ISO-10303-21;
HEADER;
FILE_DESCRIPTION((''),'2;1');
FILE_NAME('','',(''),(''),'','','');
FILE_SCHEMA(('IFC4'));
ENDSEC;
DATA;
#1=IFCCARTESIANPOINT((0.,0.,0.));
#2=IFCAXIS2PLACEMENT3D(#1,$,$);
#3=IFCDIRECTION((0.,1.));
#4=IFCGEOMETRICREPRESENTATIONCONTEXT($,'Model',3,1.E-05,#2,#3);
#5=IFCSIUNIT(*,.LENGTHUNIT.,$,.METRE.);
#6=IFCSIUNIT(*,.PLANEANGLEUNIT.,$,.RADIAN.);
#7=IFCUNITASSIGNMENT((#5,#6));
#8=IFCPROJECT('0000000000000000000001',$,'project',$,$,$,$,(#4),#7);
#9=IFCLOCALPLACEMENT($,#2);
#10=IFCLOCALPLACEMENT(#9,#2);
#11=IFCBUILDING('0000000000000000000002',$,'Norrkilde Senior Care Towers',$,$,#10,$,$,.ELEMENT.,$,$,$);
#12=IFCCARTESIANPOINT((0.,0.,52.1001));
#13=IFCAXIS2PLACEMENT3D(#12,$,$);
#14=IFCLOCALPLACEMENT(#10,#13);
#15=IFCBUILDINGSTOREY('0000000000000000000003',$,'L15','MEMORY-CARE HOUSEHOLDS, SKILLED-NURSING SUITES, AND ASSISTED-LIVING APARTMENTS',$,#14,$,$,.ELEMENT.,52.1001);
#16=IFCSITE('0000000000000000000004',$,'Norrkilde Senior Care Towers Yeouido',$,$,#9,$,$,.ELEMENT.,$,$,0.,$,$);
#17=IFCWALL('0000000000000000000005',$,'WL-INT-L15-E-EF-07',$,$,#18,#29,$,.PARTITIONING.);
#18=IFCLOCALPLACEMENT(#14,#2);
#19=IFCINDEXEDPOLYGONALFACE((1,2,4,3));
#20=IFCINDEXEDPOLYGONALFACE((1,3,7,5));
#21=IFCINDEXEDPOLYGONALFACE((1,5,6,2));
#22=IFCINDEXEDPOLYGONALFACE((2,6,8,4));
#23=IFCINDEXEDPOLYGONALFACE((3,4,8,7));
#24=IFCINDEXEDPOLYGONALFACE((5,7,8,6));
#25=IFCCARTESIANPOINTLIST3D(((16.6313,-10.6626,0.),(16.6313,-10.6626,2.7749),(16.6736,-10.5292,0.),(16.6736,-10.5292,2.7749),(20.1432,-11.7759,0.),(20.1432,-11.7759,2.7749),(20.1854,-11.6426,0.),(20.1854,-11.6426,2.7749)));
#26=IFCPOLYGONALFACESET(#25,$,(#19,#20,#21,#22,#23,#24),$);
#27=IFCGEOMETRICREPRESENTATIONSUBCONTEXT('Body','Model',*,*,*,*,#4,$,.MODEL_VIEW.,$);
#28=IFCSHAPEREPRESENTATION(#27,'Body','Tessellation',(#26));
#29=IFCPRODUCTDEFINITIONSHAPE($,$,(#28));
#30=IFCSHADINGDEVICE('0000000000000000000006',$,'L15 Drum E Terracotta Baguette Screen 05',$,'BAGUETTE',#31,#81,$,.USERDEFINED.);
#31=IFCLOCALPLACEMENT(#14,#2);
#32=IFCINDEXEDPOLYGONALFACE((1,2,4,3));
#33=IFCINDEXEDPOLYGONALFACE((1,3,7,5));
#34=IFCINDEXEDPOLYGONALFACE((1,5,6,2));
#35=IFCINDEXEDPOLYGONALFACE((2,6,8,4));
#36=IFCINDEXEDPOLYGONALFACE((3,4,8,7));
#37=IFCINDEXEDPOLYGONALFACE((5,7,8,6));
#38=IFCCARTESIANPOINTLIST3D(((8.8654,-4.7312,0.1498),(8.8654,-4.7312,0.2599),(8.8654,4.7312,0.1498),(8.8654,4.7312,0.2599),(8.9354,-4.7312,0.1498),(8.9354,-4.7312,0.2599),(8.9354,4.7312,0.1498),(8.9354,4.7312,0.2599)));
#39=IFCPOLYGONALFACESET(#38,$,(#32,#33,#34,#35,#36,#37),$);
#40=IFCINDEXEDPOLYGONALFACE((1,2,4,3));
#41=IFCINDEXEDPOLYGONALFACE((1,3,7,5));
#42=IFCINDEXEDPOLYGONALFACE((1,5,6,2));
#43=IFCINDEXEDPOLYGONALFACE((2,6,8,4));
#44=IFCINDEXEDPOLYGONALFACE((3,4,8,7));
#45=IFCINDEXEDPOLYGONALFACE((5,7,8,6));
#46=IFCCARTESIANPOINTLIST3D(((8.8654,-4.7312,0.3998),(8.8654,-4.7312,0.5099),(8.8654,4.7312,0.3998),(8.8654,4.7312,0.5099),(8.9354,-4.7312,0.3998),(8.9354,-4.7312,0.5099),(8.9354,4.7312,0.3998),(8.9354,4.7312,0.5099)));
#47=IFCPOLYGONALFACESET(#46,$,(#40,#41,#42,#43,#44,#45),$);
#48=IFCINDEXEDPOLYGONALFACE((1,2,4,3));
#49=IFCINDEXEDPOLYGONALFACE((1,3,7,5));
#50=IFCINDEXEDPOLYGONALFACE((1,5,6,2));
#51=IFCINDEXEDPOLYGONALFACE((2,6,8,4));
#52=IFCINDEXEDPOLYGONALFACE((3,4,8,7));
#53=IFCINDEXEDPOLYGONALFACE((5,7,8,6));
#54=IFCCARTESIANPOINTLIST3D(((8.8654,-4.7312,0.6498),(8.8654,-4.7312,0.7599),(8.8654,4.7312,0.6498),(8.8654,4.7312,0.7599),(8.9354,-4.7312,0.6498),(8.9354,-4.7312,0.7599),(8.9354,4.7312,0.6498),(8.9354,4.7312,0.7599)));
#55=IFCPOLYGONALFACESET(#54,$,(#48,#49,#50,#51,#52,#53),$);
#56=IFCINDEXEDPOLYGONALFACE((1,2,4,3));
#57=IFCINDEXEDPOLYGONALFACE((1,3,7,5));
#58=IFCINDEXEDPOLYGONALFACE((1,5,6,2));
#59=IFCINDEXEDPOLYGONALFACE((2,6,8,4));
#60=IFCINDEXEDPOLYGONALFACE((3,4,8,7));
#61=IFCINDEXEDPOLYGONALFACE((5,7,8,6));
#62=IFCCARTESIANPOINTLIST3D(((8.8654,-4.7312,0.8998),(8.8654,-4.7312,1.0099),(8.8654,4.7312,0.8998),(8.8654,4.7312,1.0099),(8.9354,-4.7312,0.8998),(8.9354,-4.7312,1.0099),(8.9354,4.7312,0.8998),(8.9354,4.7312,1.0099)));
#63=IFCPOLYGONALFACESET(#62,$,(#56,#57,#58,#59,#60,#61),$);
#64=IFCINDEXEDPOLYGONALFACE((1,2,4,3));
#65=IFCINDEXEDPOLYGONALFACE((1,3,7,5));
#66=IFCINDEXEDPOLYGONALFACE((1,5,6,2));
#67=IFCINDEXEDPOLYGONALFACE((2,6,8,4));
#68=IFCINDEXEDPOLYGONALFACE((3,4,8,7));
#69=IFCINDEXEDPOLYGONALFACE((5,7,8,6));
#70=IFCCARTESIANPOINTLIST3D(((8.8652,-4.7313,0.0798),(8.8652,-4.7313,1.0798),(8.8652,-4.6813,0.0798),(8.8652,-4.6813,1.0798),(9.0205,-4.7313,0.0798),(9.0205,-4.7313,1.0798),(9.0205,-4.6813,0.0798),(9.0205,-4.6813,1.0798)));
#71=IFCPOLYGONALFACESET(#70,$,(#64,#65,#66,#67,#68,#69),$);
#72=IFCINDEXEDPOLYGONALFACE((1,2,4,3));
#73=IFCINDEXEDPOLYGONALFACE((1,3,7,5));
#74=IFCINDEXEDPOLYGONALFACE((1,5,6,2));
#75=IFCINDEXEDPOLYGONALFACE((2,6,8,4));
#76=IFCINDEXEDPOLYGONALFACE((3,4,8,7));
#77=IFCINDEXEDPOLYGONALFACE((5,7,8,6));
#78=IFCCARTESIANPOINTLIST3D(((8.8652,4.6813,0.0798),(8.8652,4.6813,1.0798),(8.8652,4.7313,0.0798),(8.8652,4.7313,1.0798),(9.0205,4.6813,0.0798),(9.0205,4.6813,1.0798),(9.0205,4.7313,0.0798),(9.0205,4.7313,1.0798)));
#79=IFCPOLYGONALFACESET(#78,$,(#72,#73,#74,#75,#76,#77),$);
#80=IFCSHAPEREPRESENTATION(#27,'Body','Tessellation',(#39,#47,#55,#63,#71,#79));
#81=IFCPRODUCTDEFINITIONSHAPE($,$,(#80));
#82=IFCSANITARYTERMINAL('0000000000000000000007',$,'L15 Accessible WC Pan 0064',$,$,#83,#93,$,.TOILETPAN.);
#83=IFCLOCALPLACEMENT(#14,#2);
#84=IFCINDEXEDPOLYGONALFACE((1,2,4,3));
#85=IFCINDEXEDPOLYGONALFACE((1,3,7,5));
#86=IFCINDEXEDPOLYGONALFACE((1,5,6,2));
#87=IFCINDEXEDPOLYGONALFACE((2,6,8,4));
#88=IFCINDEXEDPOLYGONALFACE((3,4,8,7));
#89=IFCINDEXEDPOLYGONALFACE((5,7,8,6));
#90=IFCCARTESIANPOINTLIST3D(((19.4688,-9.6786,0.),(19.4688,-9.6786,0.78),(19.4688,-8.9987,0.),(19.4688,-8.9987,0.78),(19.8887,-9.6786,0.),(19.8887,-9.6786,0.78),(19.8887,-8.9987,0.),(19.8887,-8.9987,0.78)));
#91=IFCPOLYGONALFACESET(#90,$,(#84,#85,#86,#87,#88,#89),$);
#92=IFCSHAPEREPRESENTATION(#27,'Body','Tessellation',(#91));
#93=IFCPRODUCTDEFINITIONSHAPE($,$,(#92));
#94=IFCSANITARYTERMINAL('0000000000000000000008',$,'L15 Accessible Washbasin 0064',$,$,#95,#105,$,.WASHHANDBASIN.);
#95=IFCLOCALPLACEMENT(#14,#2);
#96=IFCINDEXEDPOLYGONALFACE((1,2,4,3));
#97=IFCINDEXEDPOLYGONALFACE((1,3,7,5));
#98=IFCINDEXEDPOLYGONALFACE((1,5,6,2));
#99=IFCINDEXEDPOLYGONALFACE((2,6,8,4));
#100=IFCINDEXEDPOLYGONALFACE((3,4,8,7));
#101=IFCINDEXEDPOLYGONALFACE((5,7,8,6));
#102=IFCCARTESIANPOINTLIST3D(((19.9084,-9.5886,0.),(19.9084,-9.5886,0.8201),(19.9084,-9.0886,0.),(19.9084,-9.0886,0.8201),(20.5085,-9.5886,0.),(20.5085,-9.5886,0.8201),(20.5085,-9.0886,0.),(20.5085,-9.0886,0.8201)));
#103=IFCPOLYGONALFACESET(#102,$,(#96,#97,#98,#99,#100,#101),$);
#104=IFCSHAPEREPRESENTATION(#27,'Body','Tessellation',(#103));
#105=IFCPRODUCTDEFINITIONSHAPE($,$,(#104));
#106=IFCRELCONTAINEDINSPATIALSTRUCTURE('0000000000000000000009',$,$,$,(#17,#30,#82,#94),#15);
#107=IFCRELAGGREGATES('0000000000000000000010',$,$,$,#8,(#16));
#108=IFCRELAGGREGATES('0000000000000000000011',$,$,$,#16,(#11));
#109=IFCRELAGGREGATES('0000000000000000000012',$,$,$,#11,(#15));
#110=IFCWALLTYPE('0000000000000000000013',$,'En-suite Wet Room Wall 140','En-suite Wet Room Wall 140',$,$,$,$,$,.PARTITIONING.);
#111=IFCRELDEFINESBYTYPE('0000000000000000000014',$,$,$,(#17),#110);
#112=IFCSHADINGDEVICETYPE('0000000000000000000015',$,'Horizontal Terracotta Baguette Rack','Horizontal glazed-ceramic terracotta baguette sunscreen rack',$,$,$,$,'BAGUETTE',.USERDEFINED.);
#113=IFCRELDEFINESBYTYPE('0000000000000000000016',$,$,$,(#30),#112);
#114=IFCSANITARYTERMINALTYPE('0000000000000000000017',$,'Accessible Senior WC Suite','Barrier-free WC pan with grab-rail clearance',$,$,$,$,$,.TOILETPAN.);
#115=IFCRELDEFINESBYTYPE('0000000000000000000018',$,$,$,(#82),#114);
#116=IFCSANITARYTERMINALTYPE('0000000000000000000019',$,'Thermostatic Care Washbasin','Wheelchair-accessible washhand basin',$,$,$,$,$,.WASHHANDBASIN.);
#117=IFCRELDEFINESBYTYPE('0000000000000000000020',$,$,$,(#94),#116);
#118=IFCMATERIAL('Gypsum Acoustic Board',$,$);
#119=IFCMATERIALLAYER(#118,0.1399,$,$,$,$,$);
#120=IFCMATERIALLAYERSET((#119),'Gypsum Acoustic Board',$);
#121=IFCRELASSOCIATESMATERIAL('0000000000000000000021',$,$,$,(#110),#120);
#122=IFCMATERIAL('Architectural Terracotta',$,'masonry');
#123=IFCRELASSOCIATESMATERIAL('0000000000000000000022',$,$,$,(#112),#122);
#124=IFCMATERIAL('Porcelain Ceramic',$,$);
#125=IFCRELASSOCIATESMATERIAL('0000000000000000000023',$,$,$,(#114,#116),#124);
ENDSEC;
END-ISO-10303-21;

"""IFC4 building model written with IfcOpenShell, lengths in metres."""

from ifc_helpers import new_model, si_unit, direction, frame, frame_2d, origin, origin_2d, place, context, subcontext, project, spatial, rectangle, extrude, source, transform, mapped, material, layer, layer_set, type_object, type_shapes, element, save


model = new_model("IFC4")

# Units and contexts
model_context = context("Model", 3, precision=1e-05, world=origin(), true_north=direction((0.0, 1.0)))
body_context = subcontext(model_context, "Body", "Model", "MODEL_VIEW")
ifc_project = project(units=[si_unit("LENGTHUNIT", "METRE"), si_unit("PLANEANGLEUNIT", "RADIAN")], contexts=[model_context])

# Site, building, storey
site_placement = place(None, origin())
site = spatial("IfcSite", under=ifc_project, at=site_placement, Name="Norrkilde Senior Care Towers Yeouido", CompositionType="ELEMENT", RefElevation=0.0)
building_placement = place(site_placement, origin())
building = spatial("IfcBuilding", under=site, at=building_placement, Name="Norrkilde Senior Care Towers", CompositionType="ELEMENT")
storey_placement = place(building_placement, frame((0.0, 0.0, 52.1001)))
storey = spatial("IfcBuildingStorey", under=building, at=storey_placement, Name="L15", Description="MEMORY-CARE HOUSEHOLDS, SKILLED-NURSING SUITES, AND ASSISTED-LIVING APARTMENTS", CompositionType="ELEMENT", Elevation=52.1001)

# Shared definitions
ifc_material_1 = material(Name="Gypsum Acoustic Board")

# Wall
ifc_layer_1 = layer(ifc_material_1, 0.1399)
ifc_layer_set_1 = layer_set([ifc_layer_1], Name="Gypsum Acoustic Board")
wall_type_1 = type_object("IfcWallType", Name="En-suite Wet Room Wall 140", Description="En-suite Wet Room Wall 140", PredefinedType="PARTITIONING", material=ifc_layer_set_1)
shared_shape_1 = source(origin(), body_context, "Body", "SweptSolid", [
    extrude(rectangle(XDim=3.6841, YDim=0.1399, at=frame_2d((1.842, 0.0))), origin(), (0.0, 0.0, 1.0), 2.7749),
])
type_shapes(wall_type_1, [shared_shape_1])
wall_1_placement = place(storey_placement, frame((20.1643, -11.7092, 0.0), z_axis=(0.0, 0.0, 1.0), x_axis=(-0.953246, 0.302197, 0.0)))
element("IfcWall", 1, at=wall_1_placement, inside=storey, type_object=wall_type_1, Name="WL-INT-L15-E-EF-07", PredefinedType="PARTITIONING", context=body_context, shape_type="MappedRepresentation", body=[
    mapped(shared_shape_1, transform((0.0, 0.0, 0.0), x_axis=(1.0, 0.0, 0.0), y_axis=(0.0, 1.0, 0.0), z_axis=(0.0, 0.0, 1.0), scale=1.0)),
])

# Shading device
ifc_material_2 = material(Name="Architectural Terracotta", Category="masonry")
shading_device_type = type_object("IfcShadingDeviceType", Name="Horizontal Terracotta Baguette Rack", Description="Horizontal glazed-ceramic terracotta baguette sunscreen rack", ElementType="BAGUETTE", PredefinedType="USERDEFINED", material=ifc_material_2)
shared_shape_2 = source(origin(), body_context, "Body", "SweptSolid", [
    extrude(rectangle(XDim=0.0701, YDim=0.1101, at=origin_2d()), frame((0.0, 0.0901, 0.125), z_axis=(1.0, 0.0, 0.0), x_axis=(0.0, 1.0, 0.0)), (0.0, 0.0, 1.0), 9.4624),
    extrude(rectangle(XDim=0.0701, YDim=0.1101, at=origin_2d()), frame((0.0, 0.0901, 0.375), z_axis=(1.0, 0.0, 0.0), x_axis=(0.0, 1.0, 0.0)), (0.0, 0.0, 1.0), 9.4624),
    extrude(rectangle(XDim=0.0701, YDim=0.1101, at=origin_2d()), frame((0.0, 0.0901, 0.625), z_axis=(1.0, 0.0, 0.0), x_axis=(0.0, 1.0, 0.0)), (0.0, 0.0, 1.0), 9.4624),
    extrude(rectangle(XDim=0.0701, YDim=0.1101, at=origin_2d()), frame((0.0, 0.0901, 0.875), z_axis=(1.0, 0.0, 0.0), x_axis=(0.0, 1.0, 0.0)), (0.0, 0.0, 1.0), 9.4624),
    extrude(rectangle(XDim=0.05, YDim=0.1553, at=origin_2d()), frame((0.0249, 0.0476, 0.0)), (0.0, 0.0, 1.0), 1.0),
    extrude(rectangle(XDim=0.05, YDim=0.1553, at=origin_2d()), frame((9.4375, 0.0476, 0.0)), (0.0, 0.0, 1.0), 1.0),
])
type_shapes(shading_device_type, [shared_shape_2])
shading_device_placement = place(storey_placement, frame((8.9905, -4.7312, 0.0798), z_axis=(0.0, 0.0, 1.0), x_axis=(0.0, 1.0, 0.0)))
element("IfcShadingDevice", 2, at=shading_device_placement, inside=storey, type_object=shading_device_type, Name="L15 Drum E Terracotta Baguette Screen 05", ObjectType="BAGUETTE", PredefinedType="USERDEFINED", context=body_context, shape_type="MappedRepresentation", body=[
    mapped(shared_shape_2, transform((0.0, 0.0, 0.0), x_axis=(1.0, 0.0, 0.0), y_axis=(0.0, 1.0, 0.0), z_axis=(0.0, 0.0, 1.0), scale=1.0)),
])

# Sanitary terminals
ifc_material_3 = material(Name="Porcelain Ceramic")
sanitary_terminal_type_1 = type_object("IfcSanitaryTerminalType", Name="Accessible Senior WC Suite", Description="Barrier-free WC pan with grab-rail clearance", PredefinedType="TOILETPAN", material=ifc_material_3)
shared_shape_3 = source(origin(), body_context, "Body", "SweptSolid", [
    extrude(rectangle(XDim=0.4199, YDim=0.6799, at=origin_2d()), origin(), (0.0, 0.0, 1.0), 0.78),
])
type_shapes(sanitary_terminal_type_1, [shared_shape_3])
sanitary_terminal_1_placement = place(storey_placement, frame((19.6787, -9.3386, 0.0), z_axis=(0.0, 0.0, 1.0), x_axis=(1.0, 0.0, 0.0)))
element("IfcSanitaryTerminal", 3, at=sanitary_terminal_1_placement, inside=storey, type_object=sanitary_terminal_type_1, Name="L15 Accessible WC Pan 0064", PredefinedType="TOILETPAN", context=body_context, shape_type="MappedRepresentation", body=[
    mapped(shared_shape_3, transform((0.0, 0.0, 0.0), x_axis=(1.0, 0.0, 0.0), y_axis=(0.0, 1.0, 0.0), z_axis=(0.0, 0.0, 1.0), scale=1.0)),
])
sanitary_terminal_type_2 = type_object("IfcSanitaryTerminalType", Name="Thermostatic Care Washbasin", Description="Wheelchair-accessible washhand basin", PredefinedType="WASHHANDBASIN", material=ifc_material_3)
shared_shape_4 = source(origin(), body_context, "Body", "SweptSolid", [
    extrude(rectangle(XDim=0.6001, YDim=0.5, at=origin_2d()), origin(), (0.0, 0.0, 1.0), 0.8201),
])
type_shapes(sanitary_terminal_type_2, [shared_shape_4])
sanitary_terminal_2_placement = place(storey_placement, frame((20.2085, -9.3386, 0.0), z_axis=(0.0, 0.0, 1.0), x_axis=(1.0, 0.0, 0.0)))
element("IfcSanitaryTerminal", 4, at=sanitary_terminal_2_placement, inside=storey, type_object=sanitary_terminal_type_2, Name="L15 Accessible Washbasin 0064", PredefinedType="WASHHANDBASIN", context=body_context, shape_type="MappedRepresentation", body=[
    mapped(shared_shape_4, transform((0.0, 0.0, 0.0), x_axis=(1.0, 0.0, 0.0), y_axis=(0.0, 1.0, 0.0), z_axis=(0.0, 0.0, 1.0), scale=1.0)),
])

save(model, "model.ifc")
